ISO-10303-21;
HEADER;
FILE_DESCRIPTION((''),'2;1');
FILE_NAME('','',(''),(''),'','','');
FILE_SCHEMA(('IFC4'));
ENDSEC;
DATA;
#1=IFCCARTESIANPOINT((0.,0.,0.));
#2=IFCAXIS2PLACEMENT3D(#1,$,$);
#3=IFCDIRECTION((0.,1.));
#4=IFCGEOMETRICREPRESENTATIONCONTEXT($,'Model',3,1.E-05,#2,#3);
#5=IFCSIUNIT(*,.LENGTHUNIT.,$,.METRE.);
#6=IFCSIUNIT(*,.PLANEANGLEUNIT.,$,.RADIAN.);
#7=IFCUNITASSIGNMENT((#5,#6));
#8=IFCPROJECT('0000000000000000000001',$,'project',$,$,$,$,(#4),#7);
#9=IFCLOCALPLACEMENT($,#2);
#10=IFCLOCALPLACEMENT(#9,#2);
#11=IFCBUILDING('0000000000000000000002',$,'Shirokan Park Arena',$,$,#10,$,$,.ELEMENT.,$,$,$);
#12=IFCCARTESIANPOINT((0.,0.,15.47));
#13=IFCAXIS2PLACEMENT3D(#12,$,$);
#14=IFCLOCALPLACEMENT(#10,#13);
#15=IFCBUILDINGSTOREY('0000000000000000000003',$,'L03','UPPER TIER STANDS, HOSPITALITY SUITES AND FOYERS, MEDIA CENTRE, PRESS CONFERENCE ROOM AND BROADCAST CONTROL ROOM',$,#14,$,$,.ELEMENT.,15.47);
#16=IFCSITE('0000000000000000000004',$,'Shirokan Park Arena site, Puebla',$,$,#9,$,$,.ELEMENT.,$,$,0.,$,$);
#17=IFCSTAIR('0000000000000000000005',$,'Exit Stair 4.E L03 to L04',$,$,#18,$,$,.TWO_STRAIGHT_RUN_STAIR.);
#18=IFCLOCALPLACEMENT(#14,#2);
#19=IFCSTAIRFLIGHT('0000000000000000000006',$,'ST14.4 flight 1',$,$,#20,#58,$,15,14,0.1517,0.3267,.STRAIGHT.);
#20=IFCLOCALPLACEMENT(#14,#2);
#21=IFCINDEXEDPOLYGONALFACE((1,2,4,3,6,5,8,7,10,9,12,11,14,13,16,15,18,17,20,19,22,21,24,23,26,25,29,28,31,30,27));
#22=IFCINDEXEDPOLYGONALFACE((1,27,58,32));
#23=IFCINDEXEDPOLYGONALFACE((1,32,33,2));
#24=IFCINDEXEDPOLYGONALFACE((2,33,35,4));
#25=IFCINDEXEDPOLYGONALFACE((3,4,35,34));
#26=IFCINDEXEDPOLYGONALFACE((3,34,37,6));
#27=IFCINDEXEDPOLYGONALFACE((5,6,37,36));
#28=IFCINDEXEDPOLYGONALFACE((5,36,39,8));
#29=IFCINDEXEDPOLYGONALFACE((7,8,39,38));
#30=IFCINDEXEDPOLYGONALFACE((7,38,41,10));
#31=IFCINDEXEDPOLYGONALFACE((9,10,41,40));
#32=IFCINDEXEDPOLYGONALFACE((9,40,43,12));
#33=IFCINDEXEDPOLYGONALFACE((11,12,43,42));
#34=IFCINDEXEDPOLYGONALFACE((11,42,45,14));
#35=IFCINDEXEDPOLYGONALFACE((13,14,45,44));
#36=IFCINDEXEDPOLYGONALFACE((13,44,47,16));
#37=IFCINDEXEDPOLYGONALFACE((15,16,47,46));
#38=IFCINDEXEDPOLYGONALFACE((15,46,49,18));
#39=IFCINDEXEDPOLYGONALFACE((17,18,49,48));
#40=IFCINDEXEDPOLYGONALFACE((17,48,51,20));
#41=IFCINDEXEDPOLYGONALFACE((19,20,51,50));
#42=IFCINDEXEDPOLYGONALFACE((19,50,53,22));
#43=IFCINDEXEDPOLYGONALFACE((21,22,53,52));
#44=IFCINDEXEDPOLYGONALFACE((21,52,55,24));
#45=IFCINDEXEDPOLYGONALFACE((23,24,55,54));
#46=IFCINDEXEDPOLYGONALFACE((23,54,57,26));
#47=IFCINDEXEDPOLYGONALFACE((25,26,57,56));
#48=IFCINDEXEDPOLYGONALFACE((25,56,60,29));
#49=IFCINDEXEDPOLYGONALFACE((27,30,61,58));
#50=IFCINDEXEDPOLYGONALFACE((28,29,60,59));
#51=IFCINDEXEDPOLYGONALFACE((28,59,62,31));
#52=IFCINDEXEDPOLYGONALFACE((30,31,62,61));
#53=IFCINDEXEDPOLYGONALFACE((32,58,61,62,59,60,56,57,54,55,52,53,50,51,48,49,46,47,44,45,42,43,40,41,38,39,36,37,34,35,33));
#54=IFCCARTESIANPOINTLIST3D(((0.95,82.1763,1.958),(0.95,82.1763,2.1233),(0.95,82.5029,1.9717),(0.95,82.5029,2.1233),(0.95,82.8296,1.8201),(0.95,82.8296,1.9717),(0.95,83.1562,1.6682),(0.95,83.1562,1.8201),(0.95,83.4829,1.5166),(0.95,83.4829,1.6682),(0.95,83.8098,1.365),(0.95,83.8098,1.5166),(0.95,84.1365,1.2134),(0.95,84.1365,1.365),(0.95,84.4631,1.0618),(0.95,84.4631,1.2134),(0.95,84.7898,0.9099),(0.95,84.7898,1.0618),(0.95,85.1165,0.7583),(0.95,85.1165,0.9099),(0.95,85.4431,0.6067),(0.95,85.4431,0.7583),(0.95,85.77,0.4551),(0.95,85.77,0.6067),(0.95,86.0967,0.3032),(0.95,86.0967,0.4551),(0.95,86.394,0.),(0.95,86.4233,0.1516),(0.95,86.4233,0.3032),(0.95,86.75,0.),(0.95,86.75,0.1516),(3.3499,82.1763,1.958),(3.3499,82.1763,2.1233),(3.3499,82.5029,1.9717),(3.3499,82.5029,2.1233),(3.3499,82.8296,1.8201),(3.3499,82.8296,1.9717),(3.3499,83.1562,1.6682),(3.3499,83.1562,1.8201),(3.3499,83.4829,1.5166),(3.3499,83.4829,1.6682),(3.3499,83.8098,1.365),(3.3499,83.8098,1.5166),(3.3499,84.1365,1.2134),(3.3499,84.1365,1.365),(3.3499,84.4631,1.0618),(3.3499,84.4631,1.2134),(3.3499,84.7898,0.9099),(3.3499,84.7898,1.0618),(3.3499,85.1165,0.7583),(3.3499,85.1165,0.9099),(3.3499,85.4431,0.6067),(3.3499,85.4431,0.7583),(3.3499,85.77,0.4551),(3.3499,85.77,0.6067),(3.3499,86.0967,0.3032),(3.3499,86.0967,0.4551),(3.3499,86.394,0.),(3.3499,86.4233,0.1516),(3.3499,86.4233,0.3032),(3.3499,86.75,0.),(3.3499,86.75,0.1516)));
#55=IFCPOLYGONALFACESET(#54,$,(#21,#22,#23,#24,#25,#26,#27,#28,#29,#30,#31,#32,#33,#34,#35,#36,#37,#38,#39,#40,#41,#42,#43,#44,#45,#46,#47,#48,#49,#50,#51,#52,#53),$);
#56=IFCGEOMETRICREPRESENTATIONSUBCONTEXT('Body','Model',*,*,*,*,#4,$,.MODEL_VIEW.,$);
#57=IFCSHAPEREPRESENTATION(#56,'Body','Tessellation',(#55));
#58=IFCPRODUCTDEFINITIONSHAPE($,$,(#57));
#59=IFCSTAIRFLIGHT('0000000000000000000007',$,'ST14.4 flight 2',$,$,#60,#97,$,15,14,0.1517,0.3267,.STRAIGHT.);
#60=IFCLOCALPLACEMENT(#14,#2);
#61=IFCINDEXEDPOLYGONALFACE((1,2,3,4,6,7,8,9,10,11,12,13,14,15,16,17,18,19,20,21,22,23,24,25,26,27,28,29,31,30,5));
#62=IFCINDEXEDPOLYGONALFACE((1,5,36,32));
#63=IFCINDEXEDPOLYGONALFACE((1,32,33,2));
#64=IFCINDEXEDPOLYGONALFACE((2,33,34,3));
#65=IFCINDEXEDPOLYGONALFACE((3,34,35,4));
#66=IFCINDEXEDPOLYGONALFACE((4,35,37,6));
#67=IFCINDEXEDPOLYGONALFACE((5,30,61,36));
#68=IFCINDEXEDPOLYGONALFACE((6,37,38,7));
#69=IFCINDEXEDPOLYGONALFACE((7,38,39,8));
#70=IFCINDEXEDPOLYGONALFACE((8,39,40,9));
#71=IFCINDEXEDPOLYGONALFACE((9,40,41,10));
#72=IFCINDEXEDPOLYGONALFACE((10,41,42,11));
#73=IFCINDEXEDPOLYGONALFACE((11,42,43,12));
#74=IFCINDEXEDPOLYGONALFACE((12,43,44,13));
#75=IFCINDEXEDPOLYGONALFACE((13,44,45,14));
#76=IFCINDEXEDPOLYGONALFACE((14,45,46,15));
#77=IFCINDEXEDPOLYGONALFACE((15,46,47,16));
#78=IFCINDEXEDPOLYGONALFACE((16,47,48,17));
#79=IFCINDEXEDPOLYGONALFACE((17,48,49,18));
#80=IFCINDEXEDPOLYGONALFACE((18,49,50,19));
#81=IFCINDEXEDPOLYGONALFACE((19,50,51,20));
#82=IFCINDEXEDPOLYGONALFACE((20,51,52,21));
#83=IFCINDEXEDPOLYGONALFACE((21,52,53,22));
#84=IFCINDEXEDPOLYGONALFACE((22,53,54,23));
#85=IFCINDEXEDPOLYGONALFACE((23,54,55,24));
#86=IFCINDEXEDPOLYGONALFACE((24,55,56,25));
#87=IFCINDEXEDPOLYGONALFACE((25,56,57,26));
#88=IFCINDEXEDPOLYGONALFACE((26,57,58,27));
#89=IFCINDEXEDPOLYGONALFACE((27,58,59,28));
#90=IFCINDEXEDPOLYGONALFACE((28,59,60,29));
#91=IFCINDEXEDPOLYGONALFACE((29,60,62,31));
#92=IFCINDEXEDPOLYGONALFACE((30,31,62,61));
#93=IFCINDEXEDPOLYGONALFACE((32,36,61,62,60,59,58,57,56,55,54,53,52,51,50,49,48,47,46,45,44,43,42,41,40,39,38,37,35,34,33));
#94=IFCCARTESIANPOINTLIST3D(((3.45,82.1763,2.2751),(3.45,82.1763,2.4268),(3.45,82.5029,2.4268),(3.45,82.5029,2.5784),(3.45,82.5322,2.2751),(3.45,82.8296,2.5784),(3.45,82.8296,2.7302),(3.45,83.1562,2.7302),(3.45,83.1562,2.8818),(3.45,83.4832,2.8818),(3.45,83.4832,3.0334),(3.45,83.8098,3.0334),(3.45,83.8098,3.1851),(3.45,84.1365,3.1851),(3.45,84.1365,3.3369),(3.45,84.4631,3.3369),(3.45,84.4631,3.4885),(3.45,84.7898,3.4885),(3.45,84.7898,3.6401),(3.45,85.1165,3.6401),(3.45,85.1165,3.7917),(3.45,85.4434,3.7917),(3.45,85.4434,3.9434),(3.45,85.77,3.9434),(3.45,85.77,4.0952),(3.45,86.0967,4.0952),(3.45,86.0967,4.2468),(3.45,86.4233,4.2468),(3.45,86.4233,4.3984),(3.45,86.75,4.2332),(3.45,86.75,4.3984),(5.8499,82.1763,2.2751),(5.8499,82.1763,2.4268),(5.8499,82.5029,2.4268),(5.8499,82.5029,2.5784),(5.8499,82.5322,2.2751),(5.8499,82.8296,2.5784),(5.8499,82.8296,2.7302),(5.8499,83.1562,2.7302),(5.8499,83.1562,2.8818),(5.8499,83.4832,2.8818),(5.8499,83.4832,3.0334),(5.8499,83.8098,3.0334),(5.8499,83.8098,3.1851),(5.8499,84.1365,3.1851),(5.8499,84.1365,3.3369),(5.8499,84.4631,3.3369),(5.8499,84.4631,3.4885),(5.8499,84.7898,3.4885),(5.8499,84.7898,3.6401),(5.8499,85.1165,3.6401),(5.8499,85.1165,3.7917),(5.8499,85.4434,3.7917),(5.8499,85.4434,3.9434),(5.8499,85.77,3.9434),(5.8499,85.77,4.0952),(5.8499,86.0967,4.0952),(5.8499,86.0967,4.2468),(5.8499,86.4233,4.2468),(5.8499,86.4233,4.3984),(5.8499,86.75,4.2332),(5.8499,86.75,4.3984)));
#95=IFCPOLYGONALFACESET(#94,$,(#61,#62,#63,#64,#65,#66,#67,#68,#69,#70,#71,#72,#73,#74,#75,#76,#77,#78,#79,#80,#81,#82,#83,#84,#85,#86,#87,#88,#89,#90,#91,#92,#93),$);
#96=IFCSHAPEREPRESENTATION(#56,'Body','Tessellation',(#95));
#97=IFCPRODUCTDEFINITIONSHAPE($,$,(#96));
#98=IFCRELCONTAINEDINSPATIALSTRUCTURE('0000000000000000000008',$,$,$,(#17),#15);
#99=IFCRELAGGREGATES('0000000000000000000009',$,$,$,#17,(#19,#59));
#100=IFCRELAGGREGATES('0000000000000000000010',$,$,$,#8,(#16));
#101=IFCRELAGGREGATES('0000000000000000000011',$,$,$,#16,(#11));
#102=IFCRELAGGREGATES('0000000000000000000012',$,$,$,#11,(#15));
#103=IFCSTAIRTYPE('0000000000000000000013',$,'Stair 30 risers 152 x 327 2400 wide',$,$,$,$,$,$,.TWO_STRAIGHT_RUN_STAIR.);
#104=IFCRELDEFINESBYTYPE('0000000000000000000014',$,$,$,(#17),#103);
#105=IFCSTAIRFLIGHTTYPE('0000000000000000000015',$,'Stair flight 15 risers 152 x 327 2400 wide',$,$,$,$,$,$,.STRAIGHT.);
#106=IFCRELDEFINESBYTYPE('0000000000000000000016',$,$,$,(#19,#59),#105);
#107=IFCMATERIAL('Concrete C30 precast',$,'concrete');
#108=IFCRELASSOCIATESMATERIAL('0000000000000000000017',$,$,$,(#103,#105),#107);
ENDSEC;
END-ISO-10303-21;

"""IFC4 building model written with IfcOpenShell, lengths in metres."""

from ifc_helpers import new_model, si_unit, direction, frame, origin, place, context, subcontext, project, spatial, polyline, outline, extrude, material, type_object, element, aggregate, save


model = new_model("IFC4")

# Units and contexts
model_context = context("Model", 3, precision=1e-05, world=origin(), true_north=direction((0.0, 1.0)))
body_context = subcontext(model_context, "Body", "Model", "MODEL_VIEW")
ifc_project = project(units=[si_unit("LENGTHUNIT", "METRE"), si_unit("PLANEANGLEUNIT", "RADIAN")], contexts=[model_context])

# Site, building, storey
site_placement = place(None, origin())
site = spatial("IfcSite", under=ifc_project, at=site_placement, Name="Shirokan Park Arena site, Puebla", CompositionType="ELEMENT", RefElevation=0.0)
building_placement = place(site_placement, origin())
building = spatial("IfcBuilding", under=site, at=building_placement, Name="Shirokan Park Arena", CompositionType="ELEMENT")
storey_placement = place(building_placement, frame((0.0, 0.0, 15.47)))
storey = spatial("IfcBuildingStorey", under=building, at=storey_placement, Name="L03", Description="UPPER TIER STANDS, HOSPITALITY SUITES AND FOYERS, MEDIA CENTRE, PRESS CONFERENCE ROOM AND BROADCAST CONTROL ROOM", CompositionType="ELEMENT", Elevation=15.47)

# Stair, stair flights
ifc_material_1 = material(Name="Concrete C30 precast", Category="concrete")
stair_type = type_object("IfcStairType", Name="Stair 30 risers 152 x 327 2400 wide", PredefinedType="TWO_STRAIGHT_RUN_STAIR", material=ifc_material_1)
stair_placement = place(storey_placement, origin())
stair = element("IfcStair", 1, at=stair_placement, inside=storey, type_object=stair_type, Name="Exit Stair 4.E L03 to L04", PredefinedType="TWO_STRAIGHT_RUN_STAIR")
stair_flight_type = type_object("IfcStairFlightType", Name="Stair flight 15 risers 152 x 327 2400 wide", PredefinedType="STRAIGHT", material=ifc_material_1)
stair_flight_1_placement = place(storey_placement, frame((2.1499, 86.75, 0.0), z_axis=(0.0, 0.0, 1.0), x_axis=(0.0, -1.0, 0.0)))
stair_flight_1 = element("IfcStairFlight", 2, at=stair_flight_1_placement, type_object=stair_flight_type, Name="ST14.4 flight 1", NumberOfRisers=15, NumberOfTreads=14, PredefinedType="STRAIGHT", RiserHeight=0.1517, TreadLength=0.3267, context=body_context, shape_type="SweptSolid", body=[
    extrude(outline(polyline([(0.0, 0.0), (0.0, 0.1516), (0.3267, 0.1516), (0.3267, 0.3032), (0.6533, 0.3032), (0.6533, 0.4551), (0.98, 0.4551), (0.98, 0.6067), (1.3069, 0.6067), (1.3069, 0.7583), (1.6335, 0.7583), (1.6335, 0.9099), (1.9602, 0.9099), (1.9602, 1.0618), (2.2869, 1.0618), (2.2869, 1.2134), (2.6135, 1.2134), (2.6135, 1.365), (2.9402, 1.365), (2.9402, 1.5166), (3.2671, 1.5166), (3.2671, 1.6682), (3.5938, 1.6682), (3.5938, 1.8201), (3.9204, 1.8201), (3.9204, 1.9717), (4.2471, 1.9717), (4.2471, 2.1233), (4.5737, 2.1233), (4.5737, 2.2749), (4.5737, 1.958), (0.356, 0.0), (0.0, 0.0)])), frame((0.0, 1.2, 0.0), z_axis=(0.0, -1.0, 0.0), x_axis=(1.0, 0.0, 0.0)), (0.0, 0.0, 1.0), 2.3999),
])
stair_flight_2_placement = place(storey_placement, frame((4.6499, 82.1763, 2.2751), z_axis=(0.0, 0.0, 1.0), x_axis=(0.0, 1.0, 0.0)))
stair_flight_2 = element("IfcStairFlight", 3, at=stair_flight_2_placement, type_object=stair_flight_type, Name="ST14.4 flight 2", NumberOfRisers=15, NumberOfTreads=14, PredefinedType="STRAIGHT", RiserHeight=0.1517, TreadLength=0.3267, context=body_context, shape_type="SweptSolid", body=[
    extrude(outline(polyline([(0.0, 0.0), (0.0, 0.1516), (0.3267, 0.1516), (0.3267, 0.3032), (0.6533, 0.3032), (0.6533, 0.4551), (0.98, 0.4551), (0.98, 0.6067), (1.3069, 0.6067), (1.3069, 0.7583), (1.6335, 0.7583), (1.6335, 0.9099), (1.9602, 0.9099), (1.9602, 1.0618), (2.2869, 1.0618), (2.2869, 1.2134), (2.6135, 1.2134), (2.6135, 1.365), (2.9402, 1.365), (2.9402, 1.5166), (3.2671, 1.5166), (3.2671, 1.6682), (3.5938, 1.6682), (3.5938, 1.8201), (3.9204, 1.8201), (3.9204, 1.9717), (4.2471, 1.9717), (4.2471, 2.1233), (4.5737, 2.1233), (4.5737, 2.2749), (4.5737, 1.958), (0.356, 0.0), (0.0, 0.0)])), frame((0.0, 1.2, 0.0), z_axis=(0.0, -1.0, 0.0), x_axis=(1.0, 0.0, 0.0)), (0.0, 0.0, 1.0), 2.3999),
])
aggregate(stair, [stair_flight_1, stair_flight_2])

save(model, "model.ifc")
